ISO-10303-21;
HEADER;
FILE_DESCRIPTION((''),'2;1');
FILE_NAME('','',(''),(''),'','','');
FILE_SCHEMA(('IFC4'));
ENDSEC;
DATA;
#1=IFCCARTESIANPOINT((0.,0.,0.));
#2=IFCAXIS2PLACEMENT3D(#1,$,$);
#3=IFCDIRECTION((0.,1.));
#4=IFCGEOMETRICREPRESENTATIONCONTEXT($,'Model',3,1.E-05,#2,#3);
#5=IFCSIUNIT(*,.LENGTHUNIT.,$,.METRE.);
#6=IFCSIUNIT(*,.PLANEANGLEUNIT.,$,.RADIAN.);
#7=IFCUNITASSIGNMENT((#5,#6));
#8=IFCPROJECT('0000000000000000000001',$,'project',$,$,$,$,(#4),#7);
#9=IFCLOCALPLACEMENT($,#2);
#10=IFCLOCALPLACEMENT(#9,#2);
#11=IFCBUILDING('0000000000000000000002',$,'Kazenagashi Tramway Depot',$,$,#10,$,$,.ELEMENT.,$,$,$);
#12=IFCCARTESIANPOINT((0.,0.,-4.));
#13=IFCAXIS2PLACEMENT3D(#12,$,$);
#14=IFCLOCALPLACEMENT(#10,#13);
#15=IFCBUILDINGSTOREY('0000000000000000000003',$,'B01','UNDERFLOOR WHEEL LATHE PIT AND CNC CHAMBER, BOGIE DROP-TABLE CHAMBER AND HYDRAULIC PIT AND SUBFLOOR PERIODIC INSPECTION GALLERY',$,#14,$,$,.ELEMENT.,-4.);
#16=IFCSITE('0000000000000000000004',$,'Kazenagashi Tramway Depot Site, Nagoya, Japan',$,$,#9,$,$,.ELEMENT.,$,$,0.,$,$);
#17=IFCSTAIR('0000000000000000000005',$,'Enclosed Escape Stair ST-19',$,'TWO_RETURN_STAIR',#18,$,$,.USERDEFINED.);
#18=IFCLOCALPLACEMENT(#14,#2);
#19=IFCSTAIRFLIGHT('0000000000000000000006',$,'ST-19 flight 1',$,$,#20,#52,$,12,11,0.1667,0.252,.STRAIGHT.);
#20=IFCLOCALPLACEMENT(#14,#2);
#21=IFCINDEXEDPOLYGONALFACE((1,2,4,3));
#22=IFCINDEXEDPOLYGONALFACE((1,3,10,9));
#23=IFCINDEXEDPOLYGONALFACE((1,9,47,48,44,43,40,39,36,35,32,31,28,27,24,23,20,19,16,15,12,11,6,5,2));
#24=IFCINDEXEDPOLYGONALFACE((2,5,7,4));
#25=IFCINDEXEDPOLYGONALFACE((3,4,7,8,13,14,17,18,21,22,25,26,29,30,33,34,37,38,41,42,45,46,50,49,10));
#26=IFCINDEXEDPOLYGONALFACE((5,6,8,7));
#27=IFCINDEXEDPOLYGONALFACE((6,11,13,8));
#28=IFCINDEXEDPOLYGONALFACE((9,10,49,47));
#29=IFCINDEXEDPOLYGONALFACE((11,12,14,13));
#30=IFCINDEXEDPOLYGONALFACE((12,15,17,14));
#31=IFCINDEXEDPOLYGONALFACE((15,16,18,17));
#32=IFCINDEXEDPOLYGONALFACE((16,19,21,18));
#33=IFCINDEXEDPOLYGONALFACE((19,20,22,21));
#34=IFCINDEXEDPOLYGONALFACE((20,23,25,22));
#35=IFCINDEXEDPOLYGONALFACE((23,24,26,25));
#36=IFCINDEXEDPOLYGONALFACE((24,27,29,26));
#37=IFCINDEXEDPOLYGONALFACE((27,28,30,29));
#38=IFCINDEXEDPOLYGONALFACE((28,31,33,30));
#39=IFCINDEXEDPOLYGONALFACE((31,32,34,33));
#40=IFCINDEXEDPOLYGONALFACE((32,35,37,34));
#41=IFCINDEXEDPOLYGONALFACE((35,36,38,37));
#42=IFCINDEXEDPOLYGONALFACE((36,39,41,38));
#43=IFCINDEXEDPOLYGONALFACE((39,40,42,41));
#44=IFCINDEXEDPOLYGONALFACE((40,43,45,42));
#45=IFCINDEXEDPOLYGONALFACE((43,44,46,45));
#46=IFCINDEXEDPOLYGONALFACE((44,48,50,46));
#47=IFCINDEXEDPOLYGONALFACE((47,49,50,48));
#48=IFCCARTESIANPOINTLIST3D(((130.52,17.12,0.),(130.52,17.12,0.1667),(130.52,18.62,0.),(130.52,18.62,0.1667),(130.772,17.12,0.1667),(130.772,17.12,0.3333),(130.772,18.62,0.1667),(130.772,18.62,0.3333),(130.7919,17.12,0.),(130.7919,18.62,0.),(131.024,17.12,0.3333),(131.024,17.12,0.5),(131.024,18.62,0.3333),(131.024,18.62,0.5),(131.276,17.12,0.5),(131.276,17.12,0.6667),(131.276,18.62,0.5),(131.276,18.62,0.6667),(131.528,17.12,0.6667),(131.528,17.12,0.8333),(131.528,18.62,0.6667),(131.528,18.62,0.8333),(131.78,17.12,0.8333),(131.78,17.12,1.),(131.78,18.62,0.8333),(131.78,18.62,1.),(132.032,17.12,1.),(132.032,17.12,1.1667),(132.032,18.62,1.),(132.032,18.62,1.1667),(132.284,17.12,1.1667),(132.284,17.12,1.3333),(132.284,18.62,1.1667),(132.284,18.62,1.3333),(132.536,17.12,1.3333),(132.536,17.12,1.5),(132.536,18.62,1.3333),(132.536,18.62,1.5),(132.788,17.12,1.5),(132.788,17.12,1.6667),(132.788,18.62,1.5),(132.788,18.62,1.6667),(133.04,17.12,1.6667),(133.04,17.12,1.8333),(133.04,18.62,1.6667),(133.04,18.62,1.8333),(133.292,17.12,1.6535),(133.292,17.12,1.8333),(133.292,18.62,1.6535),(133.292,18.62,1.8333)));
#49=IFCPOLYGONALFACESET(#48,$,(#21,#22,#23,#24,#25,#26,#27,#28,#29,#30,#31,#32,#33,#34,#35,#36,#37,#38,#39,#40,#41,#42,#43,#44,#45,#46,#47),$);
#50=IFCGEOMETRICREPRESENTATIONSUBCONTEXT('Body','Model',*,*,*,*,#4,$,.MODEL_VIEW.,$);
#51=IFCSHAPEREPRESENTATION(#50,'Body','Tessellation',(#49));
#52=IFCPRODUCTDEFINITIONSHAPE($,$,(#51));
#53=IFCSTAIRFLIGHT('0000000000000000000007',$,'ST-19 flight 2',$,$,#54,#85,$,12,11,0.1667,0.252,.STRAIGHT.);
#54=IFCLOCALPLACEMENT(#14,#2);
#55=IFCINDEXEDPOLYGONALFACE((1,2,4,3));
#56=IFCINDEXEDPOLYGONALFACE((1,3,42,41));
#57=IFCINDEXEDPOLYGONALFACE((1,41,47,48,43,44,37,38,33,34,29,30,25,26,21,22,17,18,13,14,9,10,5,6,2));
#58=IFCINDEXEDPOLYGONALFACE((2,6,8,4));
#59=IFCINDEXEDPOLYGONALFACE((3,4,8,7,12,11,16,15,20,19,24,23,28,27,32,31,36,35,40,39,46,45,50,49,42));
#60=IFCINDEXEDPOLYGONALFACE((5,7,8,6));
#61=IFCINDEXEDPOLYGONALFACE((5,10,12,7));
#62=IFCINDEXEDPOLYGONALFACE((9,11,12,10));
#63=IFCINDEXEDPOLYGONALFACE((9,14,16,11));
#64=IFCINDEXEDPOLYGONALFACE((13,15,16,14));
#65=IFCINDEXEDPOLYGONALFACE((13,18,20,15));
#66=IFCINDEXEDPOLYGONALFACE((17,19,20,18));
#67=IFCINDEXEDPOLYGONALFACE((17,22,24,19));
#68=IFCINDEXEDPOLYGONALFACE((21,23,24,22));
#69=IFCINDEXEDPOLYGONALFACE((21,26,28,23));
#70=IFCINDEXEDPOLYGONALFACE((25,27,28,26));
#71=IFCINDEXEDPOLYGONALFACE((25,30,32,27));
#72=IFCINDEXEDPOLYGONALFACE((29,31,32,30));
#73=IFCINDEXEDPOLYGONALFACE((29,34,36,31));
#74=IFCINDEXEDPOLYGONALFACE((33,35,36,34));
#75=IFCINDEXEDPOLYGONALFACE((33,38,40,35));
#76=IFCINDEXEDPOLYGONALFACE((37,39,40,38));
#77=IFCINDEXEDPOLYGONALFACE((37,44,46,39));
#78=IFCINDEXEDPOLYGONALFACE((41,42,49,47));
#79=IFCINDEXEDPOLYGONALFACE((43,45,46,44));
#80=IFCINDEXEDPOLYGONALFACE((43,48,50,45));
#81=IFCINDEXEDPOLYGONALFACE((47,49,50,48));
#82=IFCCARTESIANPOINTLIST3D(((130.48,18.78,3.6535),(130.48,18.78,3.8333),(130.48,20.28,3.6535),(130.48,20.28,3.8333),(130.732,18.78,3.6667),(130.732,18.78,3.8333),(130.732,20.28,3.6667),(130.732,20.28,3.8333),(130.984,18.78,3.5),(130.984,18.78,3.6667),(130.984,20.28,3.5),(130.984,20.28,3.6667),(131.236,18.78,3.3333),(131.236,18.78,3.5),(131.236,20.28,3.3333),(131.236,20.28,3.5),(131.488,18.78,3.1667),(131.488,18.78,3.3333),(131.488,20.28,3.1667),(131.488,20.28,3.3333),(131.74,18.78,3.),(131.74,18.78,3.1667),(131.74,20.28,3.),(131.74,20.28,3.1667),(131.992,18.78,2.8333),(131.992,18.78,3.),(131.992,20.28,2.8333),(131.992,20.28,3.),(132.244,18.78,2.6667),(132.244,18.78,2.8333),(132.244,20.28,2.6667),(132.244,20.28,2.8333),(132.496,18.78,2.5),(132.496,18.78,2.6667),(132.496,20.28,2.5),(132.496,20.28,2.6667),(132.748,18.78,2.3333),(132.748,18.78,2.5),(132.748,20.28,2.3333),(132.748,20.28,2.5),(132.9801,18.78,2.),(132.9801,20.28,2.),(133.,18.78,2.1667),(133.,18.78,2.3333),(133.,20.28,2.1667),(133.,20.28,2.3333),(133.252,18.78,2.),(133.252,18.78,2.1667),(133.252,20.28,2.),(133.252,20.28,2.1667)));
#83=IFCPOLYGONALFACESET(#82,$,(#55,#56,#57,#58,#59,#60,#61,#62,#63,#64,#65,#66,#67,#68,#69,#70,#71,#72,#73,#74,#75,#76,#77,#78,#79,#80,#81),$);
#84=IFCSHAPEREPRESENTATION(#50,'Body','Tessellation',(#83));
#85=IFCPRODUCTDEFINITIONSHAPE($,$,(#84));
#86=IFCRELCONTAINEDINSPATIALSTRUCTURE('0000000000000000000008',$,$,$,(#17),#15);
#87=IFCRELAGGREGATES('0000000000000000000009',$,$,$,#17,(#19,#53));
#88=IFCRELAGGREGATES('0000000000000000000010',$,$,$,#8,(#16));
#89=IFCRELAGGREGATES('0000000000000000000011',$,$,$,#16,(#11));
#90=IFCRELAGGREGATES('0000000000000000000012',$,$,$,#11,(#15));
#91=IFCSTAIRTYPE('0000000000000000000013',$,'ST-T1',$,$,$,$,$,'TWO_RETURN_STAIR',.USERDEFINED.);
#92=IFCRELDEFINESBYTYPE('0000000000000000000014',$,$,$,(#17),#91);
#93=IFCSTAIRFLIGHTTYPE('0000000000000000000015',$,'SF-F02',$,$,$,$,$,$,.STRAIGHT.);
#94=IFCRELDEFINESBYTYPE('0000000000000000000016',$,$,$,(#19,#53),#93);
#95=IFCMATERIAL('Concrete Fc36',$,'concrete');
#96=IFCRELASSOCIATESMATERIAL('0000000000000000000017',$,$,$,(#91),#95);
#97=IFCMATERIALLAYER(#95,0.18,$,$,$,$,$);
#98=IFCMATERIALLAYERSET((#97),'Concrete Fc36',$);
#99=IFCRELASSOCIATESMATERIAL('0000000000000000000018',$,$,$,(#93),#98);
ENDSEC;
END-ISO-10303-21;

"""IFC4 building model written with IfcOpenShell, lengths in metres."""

from ifc_helpers import new_model, si_unit, direction, frame, origin, place, context, subcontext, project, spatial, polyline, outline, extrude, material, layer, layer_set, type_object, element, aggregate, save


model = new_model("IFC4")

# Units and contexts
model_context = context("Model", 3, precision=1e-05, world=origin(), true_north=direction((0.0, 1.0)))
body_context = subcontext(model_context, "Body", "Model", "MODEL_VIEW")
ifc_project = project(units=[si_unit("LENGTHUNIT", "METRE"), si_unit("PLANEANGLEUNIT", "RADIAN")], contexts=[model_context])

# Site, building, storey
site_placement = place(None, origin())
site = spatial("IfcSite", under=ifc_project, at=site_placement, Name="Kazenagashi Tramway Depot Site, Nagoya, Japan", CompositionType="ELEMENT", RefElevation=0.0)
building_placement = place(site_placement, origin())
building = spatial("IfcBuilding", under=site, at=building_placement, Name="Kazenagashi Tramway Depot", CompositionType="ELEMENT")
storey_placement = place(building_placement, frame((0.0, 0.0, -4.0)))
storey = spatial("IfcBuildingStorey", under=building, at=storey_placement, Name="B01", Description="UNDERFLOOR WHEEL LATHE PIT AND CNC CHAMBER, BOGIE DROP-TABLE CHAMBER AND HYDRAULIC PIT AND SUBFLOOR PERIODIC INSPECTION GALLERY", CompositionType="ELEMENT", Elevation=-4.0)

# Shared definitions
ifc_material_1 = material(Name="Concrete Fc36", Category="concrete")

# Stair, stair flights
stair_type = type_object("IfcStairType", Name="ST-T1", ElementType="TWO_RETURN_STAIR", PredefinedType="USERDEFINED", material=ifc_material_1)
stair_placement = place(storey_placement, origin())
stair = element("IfcStair", 1, at=stair_placement, inside=storey, type_object=stair_type, Name="Enclosed Escape Stair ST-19", ObjectType="TWO_RETURN_STAIR", PredefinedType="USERDEFINED")
ifc_layer_1 = layer(ifc_material_1, 0.18)
ifc_layer_set_1 = layer_set([ifc_layer_1], Name="Concrete Fc36")
stair_flight_type = type_object("IfcStairFlightType", Name="SF-F02", PredefinedType="STRAIGHT", material=ifc_layer_set_1)
stair_flight_1_placement = place(storey_placement, frame((130.52, 17.87, 0.0), z_axis=(0.0, 0.0, 1.0), x_axis=(1.0, 0.0, 0.0)))
stair_flight_1 = element("IfcStairFlight", 2, at=stair_flight_1_placement, type_object=stair_flight_type, Name="ST-19 flight 1", NumberOfRisers=12, NumberOfTreads=11, PredefinedType="STRAIGHT", RiserHeight=0.1667, TreadLength=0.252, context=body_context, shape_type="SweptSolid", body=[
    extrude(outline(polyline([(0.0, 0.0), (0.0, 0.1667), (0.252, 0.1667), (0.252, 0.3333), (0.504, 0.3333), (0.504, 0.5), (0.756, 0.5), (0.756, 0.6667), (1.008, 0.6667), (1.008, 0.8333), (1.26, 0.8333), (1.26, 1.0), (1.512, 1.0), (1.512, 1.1667), (1.764, 1.1667), (1.764, 1.3333), (2.016, 1.3333), (2.016, 1.5), (2.268, 1.5), (2.268, 1.6667), (2.52, 1.6667), (2.52, 1.8333), (2.772, 1.8333), (2.772, 2.0), (2.772, 1.6535), (0.2719, 0.0), (0.0, 0.0)])), frame((0.0, 0.75, 0.0), z_axis=(0.0, -1.0, 0.0), x_axis=(1.0, 0.0, 0.0)), (0.0, 0.0, 1.0), 1.5),
])
stair_flight_2_placement = place(storey_placement, frame((133.252, 19.53, 2.0), z_axis=(0.0, 0.0, 1.0), x_axis=(-1.0, 0.0, 0.0)))
stair_flight_2 = element("IfcStairFlight", 3, at=stair_flight_2_placement, type_object=stair_flight_type, Name="ST-19 flight 2", NumberOfRisers=12, NumberOfTreads=11, PredefinedType="STRAIGHT", RiserHeight=0.1667, TreadLength=0.252, context=body_context, shape_type="SweptSolid", body=[
    extrude(outline(polyline([(0.0, 0.0), (0.0, 0.1667), (0.252, 0.1667), (0.252, 0.3333), (0.504, 0.3333), (0.504, 0.5), (0.756, 0.5), (0.756, 0.6667), (1.008, 0.6667), (1.008, 0.8333), (1.26, 0.8333), (1.26, 1.0), (1.512, 1.0), (1.512, 1.1667), (1.764, 1.1667), (1.764, 1.3333), (2.016, 1.3333), (2.016, 1.5), (2.268, 1.5), (2.268, 1.6667), (2.52, 1.6667), (2.52, 1.8333), (2.772, 1.8333), (2.772, 2.0), (2.772, 1.6535), (0.2719, 0.0), (0.0, 0.0)])), frame((0.0, 0.75, 0.0), z_axis=(0.0, -1.0, 0.0), x_axis=(1.0, 0.0, 0.0)), (0.0, 0.0, 1.0), 1.5),
])
aggregate(stair, [stair_flight_1, stair_flight_2])

save(model, "model.ifc")
